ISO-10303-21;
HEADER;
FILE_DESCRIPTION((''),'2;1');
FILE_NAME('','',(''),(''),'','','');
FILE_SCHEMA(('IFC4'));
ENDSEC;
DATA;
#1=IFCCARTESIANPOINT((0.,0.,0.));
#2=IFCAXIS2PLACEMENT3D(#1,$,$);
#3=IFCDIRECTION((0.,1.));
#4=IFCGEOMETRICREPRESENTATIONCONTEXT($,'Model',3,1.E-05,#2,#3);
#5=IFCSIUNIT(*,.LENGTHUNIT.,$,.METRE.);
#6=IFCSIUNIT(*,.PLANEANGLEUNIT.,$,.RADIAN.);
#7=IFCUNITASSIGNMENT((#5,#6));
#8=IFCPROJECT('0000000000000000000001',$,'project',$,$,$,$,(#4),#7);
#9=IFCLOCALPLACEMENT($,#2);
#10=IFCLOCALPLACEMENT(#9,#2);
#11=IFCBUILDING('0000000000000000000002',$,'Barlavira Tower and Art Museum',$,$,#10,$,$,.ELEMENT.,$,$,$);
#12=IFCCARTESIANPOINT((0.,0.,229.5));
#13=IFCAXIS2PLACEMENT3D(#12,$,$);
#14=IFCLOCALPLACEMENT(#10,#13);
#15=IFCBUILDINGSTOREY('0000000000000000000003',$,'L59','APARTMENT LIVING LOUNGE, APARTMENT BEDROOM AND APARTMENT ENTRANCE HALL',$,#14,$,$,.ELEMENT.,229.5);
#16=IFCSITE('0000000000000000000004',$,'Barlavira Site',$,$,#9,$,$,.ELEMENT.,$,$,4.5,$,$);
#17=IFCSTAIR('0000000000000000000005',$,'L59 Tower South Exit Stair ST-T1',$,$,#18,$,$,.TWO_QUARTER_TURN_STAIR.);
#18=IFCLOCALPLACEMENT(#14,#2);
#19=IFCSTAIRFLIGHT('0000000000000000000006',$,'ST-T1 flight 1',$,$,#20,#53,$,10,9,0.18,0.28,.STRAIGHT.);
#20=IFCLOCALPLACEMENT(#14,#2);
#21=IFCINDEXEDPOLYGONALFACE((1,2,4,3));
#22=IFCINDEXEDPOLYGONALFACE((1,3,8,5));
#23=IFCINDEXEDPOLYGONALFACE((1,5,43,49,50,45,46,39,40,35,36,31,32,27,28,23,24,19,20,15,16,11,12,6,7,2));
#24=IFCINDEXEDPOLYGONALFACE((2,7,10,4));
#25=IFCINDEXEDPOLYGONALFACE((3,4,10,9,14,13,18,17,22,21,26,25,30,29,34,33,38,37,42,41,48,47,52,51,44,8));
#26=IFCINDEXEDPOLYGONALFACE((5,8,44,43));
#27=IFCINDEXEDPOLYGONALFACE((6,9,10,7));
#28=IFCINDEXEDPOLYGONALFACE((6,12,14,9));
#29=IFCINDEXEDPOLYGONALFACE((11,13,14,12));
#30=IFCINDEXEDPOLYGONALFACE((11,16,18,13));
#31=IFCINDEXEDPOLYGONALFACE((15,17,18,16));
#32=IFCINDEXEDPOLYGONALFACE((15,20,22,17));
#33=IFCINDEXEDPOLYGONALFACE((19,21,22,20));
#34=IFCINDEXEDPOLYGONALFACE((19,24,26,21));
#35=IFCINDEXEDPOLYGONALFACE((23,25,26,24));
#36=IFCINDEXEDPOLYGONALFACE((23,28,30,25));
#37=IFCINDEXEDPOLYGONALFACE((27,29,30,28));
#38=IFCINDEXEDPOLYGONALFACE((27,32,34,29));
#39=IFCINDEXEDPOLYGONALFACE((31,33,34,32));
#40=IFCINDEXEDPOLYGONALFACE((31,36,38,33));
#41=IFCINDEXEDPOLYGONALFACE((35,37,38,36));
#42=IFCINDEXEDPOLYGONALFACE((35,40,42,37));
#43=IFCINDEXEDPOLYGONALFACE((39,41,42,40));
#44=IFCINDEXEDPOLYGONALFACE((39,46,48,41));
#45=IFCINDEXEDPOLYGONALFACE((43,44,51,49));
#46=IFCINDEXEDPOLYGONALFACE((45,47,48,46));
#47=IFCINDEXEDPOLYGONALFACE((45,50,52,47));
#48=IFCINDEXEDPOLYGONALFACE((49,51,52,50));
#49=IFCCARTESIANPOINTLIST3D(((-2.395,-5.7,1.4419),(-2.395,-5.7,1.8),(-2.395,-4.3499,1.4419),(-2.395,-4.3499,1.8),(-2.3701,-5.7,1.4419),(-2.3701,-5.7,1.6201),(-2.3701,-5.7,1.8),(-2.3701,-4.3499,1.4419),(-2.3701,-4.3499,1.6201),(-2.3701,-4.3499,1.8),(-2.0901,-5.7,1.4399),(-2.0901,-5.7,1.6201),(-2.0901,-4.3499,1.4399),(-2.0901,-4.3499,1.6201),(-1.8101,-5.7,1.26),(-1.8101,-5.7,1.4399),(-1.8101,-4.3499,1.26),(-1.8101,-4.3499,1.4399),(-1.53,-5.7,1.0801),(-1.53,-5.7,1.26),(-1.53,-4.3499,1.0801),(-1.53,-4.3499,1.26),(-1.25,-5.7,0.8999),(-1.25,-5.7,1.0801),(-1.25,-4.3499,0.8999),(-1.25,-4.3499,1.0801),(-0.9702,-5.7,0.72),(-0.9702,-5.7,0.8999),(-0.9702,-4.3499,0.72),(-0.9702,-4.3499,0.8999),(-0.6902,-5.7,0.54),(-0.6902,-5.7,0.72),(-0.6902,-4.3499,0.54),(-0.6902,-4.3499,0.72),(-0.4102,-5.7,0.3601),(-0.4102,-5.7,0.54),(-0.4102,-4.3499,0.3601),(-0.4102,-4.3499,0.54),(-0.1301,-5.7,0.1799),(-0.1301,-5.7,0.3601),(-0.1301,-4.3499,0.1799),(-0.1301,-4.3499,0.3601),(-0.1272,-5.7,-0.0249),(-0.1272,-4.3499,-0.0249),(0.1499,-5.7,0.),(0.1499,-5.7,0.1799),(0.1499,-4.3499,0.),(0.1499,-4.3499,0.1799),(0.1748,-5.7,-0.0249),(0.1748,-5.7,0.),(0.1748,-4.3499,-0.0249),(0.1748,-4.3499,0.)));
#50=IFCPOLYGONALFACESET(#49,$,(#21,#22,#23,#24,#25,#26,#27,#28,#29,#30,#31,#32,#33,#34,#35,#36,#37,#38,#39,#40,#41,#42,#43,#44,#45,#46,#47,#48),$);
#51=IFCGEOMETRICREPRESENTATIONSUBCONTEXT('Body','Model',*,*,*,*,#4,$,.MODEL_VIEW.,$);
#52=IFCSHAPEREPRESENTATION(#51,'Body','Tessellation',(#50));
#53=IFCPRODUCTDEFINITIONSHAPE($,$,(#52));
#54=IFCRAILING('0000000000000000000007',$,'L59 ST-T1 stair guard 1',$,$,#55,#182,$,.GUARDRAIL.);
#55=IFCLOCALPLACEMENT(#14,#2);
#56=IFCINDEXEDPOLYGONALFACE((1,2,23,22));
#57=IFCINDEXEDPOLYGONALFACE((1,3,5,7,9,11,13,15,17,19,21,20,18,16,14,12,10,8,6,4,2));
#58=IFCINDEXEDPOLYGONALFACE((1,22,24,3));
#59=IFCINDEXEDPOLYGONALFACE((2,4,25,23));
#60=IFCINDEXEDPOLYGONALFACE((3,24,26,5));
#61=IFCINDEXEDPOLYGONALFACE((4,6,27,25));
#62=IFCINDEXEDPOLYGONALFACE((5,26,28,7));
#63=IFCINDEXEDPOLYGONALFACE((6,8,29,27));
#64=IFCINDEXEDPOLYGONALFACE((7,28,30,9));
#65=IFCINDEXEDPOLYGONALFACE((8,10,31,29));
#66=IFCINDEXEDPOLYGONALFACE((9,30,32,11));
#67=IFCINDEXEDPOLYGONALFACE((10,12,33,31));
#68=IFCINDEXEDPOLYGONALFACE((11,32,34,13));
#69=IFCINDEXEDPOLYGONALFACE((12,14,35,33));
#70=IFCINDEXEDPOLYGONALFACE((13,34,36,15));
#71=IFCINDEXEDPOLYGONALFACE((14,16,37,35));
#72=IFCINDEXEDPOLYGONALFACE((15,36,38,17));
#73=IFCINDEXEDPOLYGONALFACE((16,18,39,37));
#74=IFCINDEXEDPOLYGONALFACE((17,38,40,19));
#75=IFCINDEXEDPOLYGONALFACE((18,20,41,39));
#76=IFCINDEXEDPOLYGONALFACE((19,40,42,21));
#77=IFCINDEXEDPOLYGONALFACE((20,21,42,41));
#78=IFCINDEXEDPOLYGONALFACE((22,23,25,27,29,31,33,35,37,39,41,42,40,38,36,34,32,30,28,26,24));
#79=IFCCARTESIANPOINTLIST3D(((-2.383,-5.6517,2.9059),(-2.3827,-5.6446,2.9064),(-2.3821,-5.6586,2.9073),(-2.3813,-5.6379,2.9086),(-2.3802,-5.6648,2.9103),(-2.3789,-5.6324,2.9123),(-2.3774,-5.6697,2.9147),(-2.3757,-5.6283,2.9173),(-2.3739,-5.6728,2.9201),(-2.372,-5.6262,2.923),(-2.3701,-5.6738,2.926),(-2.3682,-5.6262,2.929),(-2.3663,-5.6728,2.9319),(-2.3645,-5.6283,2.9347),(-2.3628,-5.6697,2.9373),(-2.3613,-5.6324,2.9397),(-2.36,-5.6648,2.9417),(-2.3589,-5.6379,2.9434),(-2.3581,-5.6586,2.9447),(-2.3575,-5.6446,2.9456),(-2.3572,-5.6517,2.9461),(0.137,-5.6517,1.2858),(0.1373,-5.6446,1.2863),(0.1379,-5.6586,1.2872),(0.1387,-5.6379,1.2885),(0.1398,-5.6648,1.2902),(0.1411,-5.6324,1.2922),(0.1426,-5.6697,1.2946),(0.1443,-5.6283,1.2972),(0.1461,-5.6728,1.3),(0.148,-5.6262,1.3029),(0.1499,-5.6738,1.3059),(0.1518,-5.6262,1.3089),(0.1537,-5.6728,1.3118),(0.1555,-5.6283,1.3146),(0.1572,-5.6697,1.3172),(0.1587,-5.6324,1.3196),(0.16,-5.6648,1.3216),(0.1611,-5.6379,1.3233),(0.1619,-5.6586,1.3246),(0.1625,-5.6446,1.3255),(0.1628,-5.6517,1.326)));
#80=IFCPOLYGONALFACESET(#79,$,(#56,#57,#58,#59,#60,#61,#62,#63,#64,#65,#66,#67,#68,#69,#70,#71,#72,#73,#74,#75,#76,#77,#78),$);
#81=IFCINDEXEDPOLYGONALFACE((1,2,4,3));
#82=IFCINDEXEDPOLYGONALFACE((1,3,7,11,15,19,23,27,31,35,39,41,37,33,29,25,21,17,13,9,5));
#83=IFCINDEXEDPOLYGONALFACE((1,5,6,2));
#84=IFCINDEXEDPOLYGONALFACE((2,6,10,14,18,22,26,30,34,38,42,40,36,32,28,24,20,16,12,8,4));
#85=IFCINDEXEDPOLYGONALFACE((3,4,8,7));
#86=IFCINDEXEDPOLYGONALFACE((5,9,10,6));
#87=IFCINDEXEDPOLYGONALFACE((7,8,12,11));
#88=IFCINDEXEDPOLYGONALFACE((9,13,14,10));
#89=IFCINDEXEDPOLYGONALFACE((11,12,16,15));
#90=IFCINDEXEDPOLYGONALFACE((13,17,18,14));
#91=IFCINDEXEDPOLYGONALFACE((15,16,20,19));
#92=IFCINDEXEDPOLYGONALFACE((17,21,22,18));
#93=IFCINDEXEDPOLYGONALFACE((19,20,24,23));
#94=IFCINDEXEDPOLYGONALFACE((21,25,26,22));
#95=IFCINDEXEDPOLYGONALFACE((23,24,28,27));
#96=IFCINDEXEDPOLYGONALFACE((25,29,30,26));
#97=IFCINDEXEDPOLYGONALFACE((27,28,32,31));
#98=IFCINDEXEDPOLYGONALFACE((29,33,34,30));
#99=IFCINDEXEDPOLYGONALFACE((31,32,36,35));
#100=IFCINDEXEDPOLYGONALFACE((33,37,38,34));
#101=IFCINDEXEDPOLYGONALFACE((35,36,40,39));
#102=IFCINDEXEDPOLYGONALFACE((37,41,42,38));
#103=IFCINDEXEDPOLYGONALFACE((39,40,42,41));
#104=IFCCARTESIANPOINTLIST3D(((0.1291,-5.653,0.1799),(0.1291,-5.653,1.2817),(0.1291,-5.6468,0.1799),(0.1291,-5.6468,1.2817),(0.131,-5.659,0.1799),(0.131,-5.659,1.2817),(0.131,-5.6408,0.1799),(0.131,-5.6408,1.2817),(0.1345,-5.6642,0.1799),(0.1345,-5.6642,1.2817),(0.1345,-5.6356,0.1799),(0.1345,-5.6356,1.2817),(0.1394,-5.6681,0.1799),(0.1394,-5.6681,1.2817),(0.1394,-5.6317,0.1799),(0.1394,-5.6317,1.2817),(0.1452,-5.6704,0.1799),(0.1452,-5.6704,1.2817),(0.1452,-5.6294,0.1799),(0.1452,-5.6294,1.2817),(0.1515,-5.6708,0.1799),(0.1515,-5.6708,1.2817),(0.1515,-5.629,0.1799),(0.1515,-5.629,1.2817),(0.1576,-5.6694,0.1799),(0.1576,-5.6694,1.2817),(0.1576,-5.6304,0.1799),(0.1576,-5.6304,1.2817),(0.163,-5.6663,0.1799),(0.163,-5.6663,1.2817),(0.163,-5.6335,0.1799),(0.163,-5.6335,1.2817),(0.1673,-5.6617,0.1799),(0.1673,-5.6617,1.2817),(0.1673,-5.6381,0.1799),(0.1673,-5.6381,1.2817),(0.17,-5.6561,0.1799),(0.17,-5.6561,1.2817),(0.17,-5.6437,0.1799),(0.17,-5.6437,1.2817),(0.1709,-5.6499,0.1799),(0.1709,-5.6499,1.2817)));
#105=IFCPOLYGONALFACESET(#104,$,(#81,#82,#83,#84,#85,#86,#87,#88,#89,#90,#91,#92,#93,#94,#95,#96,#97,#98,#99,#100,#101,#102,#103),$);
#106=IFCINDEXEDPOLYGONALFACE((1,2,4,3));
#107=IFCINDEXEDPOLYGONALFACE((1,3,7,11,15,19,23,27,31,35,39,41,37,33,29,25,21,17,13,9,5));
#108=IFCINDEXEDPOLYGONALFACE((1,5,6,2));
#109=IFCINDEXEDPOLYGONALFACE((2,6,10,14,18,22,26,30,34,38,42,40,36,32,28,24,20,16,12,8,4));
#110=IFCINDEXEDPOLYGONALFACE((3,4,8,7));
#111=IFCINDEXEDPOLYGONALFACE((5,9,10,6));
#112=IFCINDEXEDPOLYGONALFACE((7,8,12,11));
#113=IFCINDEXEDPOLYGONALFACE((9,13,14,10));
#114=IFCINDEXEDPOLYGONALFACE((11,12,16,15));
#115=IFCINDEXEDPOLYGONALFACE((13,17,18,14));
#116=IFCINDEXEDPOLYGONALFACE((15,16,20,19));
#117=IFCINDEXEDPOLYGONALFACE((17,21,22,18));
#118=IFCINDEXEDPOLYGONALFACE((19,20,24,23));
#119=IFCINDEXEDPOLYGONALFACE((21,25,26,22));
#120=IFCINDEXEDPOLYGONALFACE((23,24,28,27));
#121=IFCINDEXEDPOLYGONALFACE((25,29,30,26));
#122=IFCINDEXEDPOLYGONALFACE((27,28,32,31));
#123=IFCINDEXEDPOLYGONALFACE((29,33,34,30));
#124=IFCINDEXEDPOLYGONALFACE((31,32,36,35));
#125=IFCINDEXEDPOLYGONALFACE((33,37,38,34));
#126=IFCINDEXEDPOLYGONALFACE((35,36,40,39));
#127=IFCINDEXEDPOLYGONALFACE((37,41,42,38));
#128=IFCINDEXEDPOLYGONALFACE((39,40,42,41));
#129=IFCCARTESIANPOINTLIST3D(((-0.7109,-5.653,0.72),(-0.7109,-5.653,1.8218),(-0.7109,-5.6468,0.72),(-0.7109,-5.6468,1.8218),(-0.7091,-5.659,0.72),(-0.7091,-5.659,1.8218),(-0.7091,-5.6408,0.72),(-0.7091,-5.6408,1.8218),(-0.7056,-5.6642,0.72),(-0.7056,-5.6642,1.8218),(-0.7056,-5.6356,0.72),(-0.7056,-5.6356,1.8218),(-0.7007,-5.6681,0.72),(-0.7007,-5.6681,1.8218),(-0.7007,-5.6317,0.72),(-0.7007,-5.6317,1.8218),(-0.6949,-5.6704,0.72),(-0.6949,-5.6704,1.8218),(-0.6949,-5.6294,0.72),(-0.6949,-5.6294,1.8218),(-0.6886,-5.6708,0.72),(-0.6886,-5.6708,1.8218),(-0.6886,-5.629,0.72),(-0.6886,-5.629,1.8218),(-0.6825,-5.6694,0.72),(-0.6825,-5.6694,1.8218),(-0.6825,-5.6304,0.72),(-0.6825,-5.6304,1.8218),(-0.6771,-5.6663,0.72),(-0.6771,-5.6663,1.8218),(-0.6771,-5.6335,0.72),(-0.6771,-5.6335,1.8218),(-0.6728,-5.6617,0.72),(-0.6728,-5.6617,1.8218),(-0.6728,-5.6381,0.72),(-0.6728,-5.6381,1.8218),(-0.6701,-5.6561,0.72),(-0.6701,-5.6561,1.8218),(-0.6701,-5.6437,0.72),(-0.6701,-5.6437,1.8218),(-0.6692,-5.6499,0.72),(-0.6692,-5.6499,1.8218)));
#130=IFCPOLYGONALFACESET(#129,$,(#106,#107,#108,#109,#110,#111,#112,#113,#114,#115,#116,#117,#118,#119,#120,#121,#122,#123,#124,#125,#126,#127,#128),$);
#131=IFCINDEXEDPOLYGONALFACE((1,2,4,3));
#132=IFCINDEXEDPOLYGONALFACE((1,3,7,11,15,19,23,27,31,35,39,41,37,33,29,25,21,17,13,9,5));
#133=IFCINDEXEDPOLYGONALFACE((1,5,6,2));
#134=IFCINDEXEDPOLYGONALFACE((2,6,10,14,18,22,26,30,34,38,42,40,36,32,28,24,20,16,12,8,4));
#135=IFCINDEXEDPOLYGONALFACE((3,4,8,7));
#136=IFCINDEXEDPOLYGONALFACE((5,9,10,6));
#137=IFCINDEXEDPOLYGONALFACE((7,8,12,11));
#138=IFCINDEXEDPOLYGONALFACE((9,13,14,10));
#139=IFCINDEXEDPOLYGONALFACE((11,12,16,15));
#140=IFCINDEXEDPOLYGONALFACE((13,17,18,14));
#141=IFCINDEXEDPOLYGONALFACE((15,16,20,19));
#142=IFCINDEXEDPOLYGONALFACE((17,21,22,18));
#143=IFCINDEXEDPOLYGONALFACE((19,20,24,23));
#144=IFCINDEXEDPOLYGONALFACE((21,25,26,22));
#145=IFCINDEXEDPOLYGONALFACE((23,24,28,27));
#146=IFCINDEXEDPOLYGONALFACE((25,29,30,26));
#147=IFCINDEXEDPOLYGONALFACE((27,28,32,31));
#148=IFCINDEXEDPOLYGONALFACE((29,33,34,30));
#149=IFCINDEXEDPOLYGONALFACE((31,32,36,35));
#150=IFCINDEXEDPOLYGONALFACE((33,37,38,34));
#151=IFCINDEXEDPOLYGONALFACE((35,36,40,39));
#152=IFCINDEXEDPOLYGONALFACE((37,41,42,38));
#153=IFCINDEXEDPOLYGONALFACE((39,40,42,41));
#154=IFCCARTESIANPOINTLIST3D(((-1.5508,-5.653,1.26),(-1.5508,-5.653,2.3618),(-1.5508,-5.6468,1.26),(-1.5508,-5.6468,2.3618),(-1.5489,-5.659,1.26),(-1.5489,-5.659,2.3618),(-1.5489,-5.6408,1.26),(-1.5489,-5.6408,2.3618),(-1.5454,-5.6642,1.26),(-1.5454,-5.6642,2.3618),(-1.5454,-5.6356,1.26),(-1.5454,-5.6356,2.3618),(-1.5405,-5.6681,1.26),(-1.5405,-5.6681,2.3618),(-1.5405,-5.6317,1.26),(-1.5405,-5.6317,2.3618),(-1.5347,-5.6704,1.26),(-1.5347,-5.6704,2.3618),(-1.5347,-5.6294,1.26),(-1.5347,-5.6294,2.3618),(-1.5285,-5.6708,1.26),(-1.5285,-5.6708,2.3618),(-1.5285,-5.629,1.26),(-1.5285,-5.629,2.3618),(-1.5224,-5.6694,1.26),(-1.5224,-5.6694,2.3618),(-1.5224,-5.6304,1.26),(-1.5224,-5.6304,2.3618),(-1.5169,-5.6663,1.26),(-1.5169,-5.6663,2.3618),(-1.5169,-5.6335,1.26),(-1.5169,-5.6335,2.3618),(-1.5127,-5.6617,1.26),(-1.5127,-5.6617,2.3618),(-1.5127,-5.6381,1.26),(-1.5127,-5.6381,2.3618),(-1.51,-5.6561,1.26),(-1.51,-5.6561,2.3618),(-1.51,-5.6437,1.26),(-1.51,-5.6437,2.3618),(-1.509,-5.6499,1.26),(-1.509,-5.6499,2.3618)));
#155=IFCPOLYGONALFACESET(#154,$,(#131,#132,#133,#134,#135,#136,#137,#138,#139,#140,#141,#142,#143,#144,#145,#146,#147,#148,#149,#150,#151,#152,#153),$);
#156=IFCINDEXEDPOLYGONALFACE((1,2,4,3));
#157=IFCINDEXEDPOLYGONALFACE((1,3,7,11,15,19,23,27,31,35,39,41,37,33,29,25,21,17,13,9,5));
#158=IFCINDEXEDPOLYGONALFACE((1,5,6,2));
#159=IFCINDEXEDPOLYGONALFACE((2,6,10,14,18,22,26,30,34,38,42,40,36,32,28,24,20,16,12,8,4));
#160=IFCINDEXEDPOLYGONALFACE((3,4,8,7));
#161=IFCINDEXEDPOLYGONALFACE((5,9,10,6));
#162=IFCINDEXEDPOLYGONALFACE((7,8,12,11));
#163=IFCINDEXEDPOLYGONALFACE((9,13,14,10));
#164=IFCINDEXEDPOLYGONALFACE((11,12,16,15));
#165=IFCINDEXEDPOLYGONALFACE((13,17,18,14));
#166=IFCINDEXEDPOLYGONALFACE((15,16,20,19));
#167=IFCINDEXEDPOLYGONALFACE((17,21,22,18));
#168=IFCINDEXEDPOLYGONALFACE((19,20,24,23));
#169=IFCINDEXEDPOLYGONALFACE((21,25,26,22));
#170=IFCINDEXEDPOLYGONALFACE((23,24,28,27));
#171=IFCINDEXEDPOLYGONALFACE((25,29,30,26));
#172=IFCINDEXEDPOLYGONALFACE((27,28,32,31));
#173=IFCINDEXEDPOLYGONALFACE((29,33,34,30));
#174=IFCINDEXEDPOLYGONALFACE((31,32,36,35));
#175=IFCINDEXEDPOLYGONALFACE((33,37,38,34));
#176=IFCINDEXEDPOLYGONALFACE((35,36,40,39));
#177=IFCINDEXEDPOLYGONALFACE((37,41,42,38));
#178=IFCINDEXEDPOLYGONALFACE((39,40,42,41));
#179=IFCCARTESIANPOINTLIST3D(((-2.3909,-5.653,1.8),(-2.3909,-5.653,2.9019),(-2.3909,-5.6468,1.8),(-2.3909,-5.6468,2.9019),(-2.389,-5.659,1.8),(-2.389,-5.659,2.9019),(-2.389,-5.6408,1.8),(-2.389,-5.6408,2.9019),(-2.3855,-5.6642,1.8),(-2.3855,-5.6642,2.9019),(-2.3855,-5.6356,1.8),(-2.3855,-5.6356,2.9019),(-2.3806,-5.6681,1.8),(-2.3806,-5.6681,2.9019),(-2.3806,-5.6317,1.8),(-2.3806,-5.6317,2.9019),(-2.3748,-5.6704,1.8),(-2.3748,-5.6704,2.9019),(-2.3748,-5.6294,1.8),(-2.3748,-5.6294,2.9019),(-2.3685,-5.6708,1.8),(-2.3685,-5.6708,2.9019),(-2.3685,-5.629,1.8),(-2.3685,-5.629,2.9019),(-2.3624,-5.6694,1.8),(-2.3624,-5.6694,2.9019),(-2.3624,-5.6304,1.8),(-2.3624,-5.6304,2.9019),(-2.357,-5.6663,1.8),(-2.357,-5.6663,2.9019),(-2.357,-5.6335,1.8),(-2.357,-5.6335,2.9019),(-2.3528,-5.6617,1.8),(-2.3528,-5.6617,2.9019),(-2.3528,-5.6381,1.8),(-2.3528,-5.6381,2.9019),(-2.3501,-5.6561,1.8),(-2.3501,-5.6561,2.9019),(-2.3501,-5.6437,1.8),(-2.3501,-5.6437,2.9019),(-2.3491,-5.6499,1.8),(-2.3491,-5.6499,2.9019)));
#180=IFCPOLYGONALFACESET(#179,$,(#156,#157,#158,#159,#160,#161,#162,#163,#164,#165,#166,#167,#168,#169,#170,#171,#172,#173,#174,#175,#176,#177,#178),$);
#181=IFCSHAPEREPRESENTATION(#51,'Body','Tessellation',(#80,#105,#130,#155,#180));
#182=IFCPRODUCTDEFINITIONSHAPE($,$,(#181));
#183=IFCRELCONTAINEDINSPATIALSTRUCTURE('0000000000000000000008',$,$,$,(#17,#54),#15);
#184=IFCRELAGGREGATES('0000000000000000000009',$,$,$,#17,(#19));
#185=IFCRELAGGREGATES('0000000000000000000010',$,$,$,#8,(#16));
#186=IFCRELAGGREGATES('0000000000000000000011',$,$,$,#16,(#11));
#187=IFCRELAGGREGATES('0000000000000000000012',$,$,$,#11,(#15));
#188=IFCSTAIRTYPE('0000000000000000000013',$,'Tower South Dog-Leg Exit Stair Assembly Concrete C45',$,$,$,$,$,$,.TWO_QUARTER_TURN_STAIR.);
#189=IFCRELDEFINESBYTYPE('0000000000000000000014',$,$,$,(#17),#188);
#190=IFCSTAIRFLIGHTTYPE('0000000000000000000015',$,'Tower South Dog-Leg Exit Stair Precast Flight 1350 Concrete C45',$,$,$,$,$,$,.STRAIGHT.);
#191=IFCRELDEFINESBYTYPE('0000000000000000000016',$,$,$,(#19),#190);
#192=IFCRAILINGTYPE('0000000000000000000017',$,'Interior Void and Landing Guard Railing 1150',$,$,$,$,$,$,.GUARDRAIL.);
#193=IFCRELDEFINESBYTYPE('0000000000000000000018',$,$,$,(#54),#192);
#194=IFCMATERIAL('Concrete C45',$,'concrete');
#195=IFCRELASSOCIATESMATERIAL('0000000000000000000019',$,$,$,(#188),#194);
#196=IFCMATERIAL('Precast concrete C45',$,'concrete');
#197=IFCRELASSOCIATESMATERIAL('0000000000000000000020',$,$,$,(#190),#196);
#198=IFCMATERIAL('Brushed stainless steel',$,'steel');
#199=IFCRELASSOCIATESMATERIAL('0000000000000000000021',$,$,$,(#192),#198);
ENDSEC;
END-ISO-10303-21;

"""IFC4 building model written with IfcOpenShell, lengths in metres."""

from ifc_helpers import new_model, si_unit, direction, frame, origin, origin_2d, place, context, subcontext, project, spatial, polyline, circle, outline, extrude, material, type_object, element, aggregate, save


model = new_model("IFC4")

# Units and contexts
model_context = context("Model", 3, precision=1e-05, world=origin(), true_north=direction((0.0, 1.0)))
body_context = subcontext(model_context, "Body", "Model", "MODEL_VIEW")
ifc_project = project(units=[si_unit("LENGTHUNIT", "METRE"), si_unit("PLANEANGLEUNIT", "RADIAN")], contexts=[model_context])

# Site, building, storey
site_placement = place(None, origin())
site = spatial("IfcSite", under=ifc_project, at=site_placement, Name="Barlavira Site", CompositionType="ELEMENT", RefElevation=4.5)
building_placement = place(site_placement, origin())
building = spatial("IfcBuilding", under=site, at=building_placement, Name="Barlavira Tower and Art Museum", CompositionType="ELEMENT")
storey_placement = place(building_placement, frame((0.0, 0.0, 229.5)))
storey = spatial("IfcBuildingStorey", under=building, at=storey_placement, Name="L59", Description="APARTMENT LIVING LOUNGE, APARTMENT BEDROOM AND APARTMENT ENTRANCE HALL", CompositionType="ELEMENT", Elevation=229.5)

# Shared definitions
ifc_material_1 = material(Name="Brushed stainless steel", Category="steel")

# Stair, stair flight
ifc_material_2 = material(Name="Concrete C45", Category="concrete")
stair_type = type_object("IfcStairType", Name="Tower South Dog-Leg Exit Stair Assembly Concrete C45", PredefinedType="TWO_QUARTER_TURN_STAIR", material=ifc_material_2)
stair_placement = place(storey_placement, origin())
stair = element("IfcStair", 1, at=stair_placement, inside=storey, type_object=stair_type, Name="L59 Tower South Exit Stair ST-T1", PredefinedType="TWO_QUARTER_TURN_STAIR")
ifc_material_3 = material(Name="Precast concrete C45", Category="concrete")
stair_flight_type = type_object("IfcStairFlightType", Name="Tower South Dog-Leg Exit Stair Precast Flight 1350 Concrete C45", PredefinedType="STRAIGHT", material=ifc_material_3)
stair_flight_placement = place(storey_placement, frame((0.1499, -5.0249, 0.0), z_axis=(0.0, 0.0, 1.0), x_axis=(-1.0, 0.0, 0.0)))
stair_flight = element("IfcStairFlight", 2, at=stair_flight_placement, type_object=stair_flight_type, Name="ST-T1 flight 1", NumberOfRisers=10, NumberOfTreads=9, PredefinedType="STRAIGHT", RiserHeight=0.18, TreadLength=0.28, context=body_context, shape_type="SweptSolid", body=[
    extrude(outline(polyline([(-0.0249, 0.0), (0.0, 0.0), (0.0, 0.1799), (0.28, 0.1799), (0.28, 0.3601), (0.5601, 0.3601), (0.5601, 0.54), (0.8401, 0.54), (0.8401, 0.72), (1.1201, 0.72), (1.1201, 0.8999), (1.3999, 0.8999), (1.3999, 1.0801), (1.6799, 1.0801), (1.6799, 1.26), (1.96, 1.26), (1.96, 1.4399), (2.24, 1.4399), (2.24, 1.6201), (2.52, 1.6201), (2.52, 1.8), (2.5449, 1.8), (2.5449, 1.4419), (2.52, 1.4419), (0.2771, -0.0249), (-0.0249, -0.0249), (-0.0249, 0.0)])), frame((0.0, 0.675, 0.0), z_axis=(0.0, -1.0, 0.0), x_axis=(1.0, 0.0, 0.0)), (0.0, 0.0, 1.0), 1.3501),
])
aggregate(stair, [stair_flight])

# Railing
railing_type_1 = type_object("IfcRailingType", Name="Interior Void and Landing Guard Railing 1150", PredefinedType="GUARDRAIL", material=ifc_material_1)
railing_1_placement = place(storey_placement, frame((0.1499, -5.6499, 0.1799)))
element("IfcRailing", 3, at=railing_1_placement, inside=storey, type_object=railing_type_1, Name="L59 ST-T1 stair guard 1", PredefinedType="GUARDRAIL", context=body_context, shape_type="SweptSolid", body=[
    extrude(circle(Radius=0.0239, at=origin_2d()), frame((0.0, 0.0, 1.126), z_axis=(-0.841163, 0.0, 0.540782), x_axis=(0.0, -1.0, 0.0)), (0.0, 0.0, 1.0), 2.9958),
    extrude(circle(Radius=0.021, at=origin_2d()), origin(), (0.0, 0.0, 1.0), 1.1018),
    extrude(circle(Radius=0.021, at=origin_2d()), frame((-0.8401, 0.0, 0.54)), (0.0, 0.0, 1.0), 1.1018),
    extrude(circle(Radius=0.021, at=origin_2d()), frame((-1.6799, 0.0, 1.0801)), (0.0, 0.0, 1.0), 1.1018),
    extrude(circle(Radius=0.021, at=origin_2d()), frame((-2.52, 0.0, 1.6201)), (0.0, 0.0, 1.0), 1.1018),
])

save(model, "model.ifc")
